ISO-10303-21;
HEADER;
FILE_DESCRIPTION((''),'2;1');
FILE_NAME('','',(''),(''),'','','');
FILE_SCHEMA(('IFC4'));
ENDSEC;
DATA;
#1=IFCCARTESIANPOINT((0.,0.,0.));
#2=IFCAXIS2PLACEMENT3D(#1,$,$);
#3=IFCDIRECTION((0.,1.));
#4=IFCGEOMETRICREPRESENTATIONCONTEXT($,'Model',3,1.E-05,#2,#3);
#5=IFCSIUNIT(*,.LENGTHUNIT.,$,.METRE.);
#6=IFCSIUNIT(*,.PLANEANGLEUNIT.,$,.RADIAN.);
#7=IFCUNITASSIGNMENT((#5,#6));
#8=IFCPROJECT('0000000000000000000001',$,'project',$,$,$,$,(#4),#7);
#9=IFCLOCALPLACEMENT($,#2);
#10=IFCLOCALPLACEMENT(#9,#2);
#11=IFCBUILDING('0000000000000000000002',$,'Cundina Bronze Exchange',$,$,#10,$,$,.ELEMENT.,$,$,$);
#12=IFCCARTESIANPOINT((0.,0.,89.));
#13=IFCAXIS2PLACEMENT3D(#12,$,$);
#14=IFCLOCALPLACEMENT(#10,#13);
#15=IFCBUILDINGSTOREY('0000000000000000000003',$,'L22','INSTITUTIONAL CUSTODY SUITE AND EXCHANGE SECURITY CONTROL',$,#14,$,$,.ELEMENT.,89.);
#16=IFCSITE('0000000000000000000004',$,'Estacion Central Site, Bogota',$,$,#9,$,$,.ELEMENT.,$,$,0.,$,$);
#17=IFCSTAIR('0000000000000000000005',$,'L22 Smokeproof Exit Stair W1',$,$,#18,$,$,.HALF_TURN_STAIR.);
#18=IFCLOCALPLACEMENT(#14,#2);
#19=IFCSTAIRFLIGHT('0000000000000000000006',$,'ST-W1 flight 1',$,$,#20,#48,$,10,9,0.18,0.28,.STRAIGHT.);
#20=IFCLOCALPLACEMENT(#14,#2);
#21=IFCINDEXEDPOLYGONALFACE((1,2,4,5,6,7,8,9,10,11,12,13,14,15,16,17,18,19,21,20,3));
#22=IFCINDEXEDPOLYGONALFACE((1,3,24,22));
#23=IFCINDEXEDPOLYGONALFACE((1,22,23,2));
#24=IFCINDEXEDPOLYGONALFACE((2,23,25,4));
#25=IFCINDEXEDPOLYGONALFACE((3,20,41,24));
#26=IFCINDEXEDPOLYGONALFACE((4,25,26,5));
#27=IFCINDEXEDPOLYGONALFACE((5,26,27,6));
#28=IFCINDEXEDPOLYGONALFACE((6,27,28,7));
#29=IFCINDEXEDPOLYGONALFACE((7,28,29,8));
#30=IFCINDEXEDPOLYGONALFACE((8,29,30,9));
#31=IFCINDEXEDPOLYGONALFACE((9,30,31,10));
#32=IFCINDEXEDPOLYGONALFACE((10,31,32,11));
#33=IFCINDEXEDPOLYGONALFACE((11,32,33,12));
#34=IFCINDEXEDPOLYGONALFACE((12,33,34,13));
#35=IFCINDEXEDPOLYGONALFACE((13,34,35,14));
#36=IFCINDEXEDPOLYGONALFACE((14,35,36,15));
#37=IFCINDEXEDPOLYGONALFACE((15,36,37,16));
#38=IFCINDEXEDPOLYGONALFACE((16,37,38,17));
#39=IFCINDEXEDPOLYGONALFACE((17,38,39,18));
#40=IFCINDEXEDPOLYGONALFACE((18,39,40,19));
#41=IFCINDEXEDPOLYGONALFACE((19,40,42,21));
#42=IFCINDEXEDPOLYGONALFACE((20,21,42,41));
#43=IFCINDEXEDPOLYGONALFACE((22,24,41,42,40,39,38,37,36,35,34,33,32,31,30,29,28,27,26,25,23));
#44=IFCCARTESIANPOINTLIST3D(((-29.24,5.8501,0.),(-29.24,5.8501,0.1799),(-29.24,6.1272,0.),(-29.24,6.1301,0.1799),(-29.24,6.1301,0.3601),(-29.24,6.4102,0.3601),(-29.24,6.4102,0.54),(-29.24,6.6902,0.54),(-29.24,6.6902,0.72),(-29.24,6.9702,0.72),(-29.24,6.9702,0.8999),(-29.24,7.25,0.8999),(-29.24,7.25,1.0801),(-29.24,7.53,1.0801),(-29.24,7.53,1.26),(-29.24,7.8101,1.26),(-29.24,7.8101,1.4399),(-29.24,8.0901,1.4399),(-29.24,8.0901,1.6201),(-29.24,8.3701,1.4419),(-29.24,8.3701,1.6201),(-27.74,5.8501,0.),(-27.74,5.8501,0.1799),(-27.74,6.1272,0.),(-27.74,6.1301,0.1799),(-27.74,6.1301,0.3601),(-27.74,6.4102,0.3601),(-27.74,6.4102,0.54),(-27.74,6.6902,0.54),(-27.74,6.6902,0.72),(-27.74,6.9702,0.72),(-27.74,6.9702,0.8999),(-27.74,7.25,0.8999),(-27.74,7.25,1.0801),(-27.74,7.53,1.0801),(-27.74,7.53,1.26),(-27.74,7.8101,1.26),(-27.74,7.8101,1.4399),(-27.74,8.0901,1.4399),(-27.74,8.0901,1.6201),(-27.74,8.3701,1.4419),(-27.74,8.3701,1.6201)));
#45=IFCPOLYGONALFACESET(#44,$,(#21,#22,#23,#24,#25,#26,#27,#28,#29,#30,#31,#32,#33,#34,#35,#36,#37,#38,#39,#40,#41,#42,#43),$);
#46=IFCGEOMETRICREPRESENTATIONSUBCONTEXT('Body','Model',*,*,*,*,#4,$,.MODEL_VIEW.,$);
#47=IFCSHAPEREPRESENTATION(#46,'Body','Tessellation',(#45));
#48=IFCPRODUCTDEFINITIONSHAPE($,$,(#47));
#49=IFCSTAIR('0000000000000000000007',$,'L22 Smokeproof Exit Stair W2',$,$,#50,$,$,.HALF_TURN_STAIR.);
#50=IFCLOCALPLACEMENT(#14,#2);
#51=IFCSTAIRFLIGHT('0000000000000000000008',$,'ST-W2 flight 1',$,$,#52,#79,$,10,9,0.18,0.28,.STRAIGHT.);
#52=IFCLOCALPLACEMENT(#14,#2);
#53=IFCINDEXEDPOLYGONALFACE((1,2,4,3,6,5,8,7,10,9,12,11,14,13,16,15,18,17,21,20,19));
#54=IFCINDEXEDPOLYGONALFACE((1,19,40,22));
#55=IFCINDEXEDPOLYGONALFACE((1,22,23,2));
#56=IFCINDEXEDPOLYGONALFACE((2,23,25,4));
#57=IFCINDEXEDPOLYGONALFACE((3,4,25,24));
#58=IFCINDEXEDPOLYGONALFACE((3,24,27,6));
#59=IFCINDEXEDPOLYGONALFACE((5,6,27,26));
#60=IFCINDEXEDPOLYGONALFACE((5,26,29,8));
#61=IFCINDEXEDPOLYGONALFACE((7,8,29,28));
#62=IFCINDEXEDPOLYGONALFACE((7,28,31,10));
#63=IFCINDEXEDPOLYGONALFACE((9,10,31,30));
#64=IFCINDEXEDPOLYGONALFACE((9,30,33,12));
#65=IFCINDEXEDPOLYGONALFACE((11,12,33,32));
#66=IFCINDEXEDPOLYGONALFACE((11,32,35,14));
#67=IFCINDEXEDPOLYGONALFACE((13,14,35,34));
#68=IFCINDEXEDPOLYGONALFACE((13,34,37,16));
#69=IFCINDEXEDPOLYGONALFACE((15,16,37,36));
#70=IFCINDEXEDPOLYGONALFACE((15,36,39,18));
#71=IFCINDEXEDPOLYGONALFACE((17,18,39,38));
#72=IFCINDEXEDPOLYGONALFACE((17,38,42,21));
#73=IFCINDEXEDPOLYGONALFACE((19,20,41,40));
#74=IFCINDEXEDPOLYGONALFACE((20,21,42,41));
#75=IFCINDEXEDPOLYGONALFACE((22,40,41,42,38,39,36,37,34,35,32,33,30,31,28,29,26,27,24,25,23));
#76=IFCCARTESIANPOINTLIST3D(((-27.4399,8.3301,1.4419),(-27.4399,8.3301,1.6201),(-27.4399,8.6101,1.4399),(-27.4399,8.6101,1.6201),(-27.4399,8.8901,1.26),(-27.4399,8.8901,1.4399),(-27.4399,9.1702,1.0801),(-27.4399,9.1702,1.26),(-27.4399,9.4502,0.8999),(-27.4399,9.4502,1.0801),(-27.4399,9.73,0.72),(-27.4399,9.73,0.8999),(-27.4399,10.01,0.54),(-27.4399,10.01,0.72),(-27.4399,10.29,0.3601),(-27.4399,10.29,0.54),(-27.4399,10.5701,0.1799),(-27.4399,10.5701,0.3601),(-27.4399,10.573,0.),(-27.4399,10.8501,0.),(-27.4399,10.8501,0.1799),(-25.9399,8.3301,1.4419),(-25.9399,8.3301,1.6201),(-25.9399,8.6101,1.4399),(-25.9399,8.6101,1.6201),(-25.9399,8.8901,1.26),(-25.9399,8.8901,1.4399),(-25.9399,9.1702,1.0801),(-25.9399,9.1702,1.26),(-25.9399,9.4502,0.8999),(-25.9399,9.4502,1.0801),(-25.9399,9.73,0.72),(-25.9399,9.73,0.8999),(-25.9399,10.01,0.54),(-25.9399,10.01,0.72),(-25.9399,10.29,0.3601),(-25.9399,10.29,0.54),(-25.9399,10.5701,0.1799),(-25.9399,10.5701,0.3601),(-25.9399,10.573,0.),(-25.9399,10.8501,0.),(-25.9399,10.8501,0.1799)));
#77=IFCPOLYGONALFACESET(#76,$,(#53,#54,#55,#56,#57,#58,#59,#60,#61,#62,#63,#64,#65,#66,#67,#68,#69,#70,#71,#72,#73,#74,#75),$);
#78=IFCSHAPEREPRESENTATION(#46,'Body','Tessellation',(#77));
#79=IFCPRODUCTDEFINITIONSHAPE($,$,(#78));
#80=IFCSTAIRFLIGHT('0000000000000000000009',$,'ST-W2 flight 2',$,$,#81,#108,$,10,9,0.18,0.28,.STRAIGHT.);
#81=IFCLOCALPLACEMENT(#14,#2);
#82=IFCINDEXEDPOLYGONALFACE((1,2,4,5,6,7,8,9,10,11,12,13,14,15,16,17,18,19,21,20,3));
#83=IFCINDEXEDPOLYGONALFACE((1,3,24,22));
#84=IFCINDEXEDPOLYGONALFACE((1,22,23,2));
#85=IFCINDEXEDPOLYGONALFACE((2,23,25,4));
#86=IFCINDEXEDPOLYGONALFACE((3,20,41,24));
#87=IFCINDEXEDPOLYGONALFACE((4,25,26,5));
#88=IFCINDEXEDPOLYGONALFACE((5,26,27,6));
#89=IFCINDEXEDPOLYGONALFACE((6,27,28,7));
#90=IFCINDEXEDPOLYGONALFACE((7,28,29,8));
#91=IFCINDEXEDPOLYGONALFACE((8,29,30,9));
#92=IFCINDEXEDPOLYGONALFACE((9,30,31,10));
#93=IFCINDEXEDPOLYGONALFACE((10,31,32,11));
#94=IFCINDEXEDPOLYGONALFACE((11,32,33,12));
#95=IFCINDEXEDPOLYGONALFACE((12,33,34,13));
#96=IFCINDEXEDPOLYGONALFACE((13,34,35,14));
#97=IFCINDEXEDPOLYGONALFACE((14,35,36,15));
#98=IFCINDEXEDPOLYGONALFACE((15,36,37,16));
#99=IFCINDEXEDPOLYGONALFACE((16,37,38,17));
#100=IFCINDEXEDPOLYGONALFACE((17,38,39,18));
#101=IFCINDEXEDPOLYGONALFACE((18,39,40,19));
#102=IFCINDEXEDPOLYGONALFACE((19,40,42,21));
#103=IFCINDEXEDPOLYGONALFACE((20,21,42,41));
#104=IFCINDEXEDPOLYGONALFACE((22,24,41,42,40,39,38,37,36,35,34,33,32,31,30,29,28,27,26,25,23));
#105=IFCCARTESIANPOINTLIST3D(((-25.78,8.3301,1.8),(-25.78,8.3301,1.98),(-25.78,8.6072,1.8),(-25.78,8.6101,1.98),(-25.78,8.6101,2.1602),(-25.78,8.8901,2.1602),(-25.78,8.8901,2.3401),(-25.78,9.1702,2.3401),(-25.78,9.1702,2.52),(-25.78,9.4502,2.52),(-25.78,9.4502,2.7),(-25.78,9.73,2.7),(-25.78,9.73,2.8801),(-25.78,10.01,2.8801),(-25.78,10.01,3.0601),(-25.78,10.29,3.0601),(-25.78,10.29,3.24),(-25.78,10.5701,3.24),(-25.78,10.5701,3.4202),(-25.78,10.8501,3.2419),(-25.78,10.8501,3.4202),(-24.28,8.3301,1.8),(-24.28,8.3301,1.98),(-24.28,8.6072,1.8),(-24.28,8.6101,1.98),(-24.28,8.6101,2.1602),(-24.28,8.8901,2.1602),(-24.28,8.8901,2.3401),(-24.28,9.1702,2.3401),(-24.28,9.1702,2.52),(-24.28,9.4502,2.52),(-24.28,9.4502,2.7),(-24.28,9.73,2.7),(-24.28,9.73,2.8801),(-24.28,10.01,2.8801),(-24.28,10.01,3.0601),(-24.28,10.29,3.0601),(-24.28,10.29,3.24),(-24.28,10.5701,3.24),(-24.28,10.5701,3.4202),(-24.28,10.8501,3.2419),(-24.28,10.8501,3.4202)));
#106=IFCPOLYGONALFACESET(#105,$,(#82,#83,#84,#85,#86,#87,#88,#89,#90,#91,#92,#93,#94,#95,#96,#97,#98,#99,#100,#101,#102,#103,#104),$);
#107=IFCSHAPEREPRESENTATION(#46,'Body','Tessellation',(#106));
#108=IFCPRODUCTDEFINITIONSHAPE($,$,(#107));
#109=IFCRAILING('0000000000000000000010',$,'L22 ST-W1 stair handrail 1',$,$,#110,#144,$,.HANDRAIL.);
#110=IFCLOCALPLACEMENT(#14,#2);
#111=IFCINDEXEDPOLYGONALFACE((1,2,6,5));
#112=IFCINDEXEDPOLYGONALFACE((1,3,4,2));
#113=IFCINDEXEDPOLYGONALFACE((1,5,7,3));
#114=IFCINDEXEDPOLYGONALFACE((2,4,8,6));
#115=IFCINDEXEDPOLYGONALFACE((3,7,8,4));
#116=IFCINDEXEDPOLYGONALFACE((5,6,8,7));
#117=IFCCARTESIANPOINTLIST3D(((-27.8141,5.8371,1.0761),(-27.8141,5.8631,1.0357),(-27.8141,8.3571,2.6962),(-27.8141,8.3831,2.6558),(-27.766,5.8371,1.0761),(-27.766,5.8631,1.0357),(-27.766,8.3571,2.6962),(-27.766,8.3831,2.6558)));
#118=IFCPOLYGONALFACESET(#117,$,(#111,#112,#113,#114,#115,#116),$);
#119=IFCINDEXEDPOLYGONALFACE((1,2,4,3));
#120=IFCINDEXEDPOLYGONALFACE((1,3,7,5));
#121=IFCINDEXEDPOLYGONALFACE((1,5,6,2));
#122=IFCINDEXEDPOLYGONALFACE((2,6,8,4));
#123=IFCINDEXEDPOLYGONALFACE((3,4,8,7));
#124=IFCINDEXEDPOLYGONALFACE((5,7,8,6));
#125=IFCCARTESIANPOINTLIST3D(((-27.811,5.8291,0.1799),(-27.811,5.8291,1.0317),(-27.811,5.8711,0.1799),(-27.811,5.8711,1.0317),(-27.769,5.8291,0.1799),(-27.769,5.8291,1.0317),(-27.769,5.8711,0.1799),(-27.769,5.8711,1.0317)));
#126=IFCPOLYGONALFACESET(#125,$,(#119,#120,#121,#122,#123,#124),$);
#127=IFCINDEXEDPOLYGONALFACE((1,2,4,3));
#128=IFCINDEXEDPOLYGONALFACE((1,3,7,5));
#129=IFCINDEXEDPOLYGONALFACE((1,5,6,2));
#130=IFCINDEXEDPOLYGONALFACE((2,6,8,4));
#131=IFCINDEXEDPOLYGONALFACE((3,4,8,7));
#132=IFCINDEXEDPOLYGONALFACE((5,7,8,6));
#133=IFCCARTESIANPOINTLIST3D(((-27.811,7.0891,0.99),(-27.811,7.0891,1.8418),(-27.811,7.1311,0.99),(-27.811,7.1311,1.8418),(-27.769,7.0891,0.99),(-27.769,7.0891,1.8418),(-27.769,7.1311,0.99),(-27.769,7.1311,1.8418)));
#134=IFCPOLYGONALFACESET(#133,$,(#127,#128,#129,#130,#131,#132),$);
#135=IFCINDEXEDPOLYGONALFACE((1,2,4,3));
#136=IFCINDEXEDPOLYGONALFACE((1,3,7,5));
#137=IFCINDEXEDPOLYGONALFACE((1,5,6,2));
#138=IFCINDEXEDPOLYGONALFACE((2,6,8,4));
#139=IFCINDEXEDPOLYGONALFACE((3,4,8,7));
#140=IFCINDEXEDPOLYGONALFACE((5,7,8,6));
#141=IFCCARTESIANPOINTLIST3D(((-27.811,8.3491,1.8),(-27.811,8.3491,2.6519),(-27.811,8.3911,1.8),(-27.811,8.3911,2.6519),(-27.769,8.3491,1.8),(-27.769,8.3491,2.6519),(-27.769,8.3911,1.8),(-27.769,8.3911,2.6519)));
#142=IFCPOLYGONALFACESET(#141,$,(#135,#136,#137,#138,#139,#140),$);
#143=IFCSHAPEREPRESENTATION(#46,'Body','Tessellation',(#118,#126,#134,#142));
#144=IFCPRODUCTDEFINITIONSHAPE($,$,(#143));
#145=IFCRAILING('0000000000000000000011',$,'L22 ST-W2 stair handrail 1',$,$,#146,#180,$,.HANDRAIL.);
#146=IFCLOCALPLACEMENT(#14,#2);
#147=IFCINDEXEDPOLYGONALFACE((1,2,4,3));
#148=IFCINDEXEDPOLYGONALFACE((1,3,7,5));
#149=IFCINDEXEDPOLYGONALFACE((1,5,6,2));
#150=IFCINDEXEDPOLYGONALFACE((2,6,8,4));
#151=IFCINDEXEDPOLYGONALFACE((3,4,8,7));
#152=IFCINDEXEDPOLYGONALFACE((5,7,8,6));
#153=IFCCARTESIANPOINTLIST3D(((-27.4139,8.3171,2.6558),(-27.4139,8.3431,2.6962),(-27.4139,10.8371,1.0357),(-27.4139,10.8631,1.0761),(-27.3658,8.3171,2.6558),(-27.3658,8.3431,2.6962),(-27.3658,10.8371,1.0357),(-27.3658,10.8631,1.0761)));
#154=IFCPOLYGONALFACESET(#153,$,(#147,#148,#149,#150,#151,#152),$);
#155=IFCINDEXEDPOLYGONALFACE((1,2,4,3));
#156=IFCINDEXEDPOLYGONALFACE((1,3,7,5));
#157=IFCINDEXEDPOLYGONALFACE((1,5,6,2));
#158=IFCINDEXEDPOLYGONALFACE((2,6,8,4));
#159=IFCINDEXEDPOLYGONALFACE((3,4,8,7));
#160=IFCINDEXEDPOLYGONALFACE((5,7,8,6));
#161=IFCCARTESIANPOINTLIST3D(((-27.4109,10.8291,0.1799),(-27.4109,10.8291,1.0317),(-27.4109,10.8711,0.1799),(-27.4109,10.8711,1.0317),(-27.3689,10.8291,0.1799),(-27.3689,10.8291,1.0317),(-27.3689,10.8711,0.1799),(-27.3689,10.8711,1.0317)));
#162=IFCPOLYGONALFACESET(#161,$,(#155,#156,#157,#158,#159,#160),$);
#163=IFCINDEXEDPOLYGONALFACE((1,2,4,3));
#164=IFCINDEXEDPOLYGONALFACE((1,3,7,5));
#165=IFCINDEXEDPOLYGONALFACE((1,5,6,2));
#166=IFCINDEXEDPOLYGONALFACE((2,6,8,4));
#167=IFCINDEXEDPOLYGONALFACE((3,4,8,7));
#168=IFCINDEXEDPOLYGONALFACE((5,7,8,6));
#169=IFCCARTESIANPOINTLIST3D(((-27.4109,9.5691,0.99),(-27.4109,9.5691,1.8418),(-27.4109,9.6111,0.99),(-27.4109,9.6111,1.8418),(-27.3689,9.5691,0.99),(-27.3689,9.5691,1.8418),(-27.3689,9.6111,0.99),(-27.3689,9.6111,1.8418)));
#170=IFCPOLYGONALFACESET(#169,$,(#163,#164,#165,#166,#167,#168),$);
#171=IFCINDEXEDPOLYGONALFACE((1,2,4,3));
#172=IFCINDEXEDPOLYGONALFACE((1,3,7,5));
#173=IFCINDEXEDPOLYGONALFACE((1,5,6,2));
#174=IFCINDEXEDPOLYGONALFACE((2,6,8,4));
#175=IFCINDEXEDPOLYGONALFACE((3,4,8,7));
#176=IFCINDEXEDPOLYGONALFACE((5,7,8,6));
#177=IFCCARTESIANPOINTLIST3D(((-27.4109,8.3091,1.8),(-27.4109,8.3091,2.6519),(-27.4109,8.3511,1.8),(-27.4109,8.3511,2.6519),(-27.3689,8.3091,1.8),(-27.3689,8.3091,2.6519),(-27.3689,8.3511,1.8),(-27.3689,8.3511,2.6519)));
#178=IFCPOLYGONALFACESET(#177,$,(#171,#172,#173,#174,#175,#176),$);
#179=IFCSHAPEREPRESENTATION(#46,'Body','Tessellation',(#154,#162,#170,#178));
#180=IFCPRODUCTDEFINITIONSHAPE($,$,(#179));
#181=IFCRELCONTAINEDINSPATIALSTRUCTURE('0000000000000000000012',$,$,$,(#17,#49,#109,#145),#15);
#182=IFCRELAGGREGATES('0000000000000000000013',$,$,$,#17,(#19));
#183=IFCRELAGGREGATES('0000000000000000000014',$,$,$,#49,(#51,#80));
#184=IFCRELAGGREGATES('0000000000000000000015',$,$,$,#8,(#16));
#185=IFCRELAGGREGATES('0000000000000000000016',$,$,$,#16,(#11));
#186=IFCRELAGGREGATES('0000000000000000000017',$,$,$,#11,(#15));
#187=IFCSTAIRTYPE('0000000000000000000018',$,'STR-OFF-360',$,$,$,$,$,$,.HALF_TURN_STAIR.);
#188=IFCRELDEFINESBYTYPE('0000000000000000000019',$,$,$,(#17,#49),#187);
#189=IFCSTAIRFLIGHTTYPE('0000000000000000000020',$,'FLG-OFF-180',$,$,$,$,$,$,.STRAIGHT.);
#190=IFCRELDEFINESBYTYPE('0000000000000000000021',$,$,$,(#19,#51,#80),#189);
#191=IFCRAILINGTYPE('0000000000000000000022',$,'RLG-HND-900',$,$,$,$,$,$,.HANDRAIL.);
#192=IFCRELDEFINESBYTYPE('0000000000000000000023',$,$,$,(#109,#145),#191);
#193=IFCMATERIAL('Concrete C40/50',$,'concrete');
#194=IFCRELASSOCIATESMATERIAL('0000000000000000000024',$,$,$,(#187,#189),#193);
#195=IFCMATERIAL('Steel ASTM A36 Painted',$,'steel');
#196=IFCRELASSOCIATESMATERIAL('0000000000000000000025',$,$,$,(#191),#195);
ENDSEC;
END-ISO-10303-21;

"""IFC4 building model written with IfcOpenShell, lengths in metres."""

from ifc_helpers import new_model, si_unit, direction, frame, origin, origin_2d, place, context, subcontext, project, spatial, polyline, rectangle, outline, extrude, material, type_object, element, aggregate, save


model = new_model("IFC4")

# Units and contexts
model_context = context("Model", 3, precision=1e-05, world=origin(), true_north=direction((0.0, 1.0)))
body_context = subcontext(model_context, "Body", "Model", "MODEL_VIEW")
ifc_project = project(units=[si_unit("LENGTHUNIT", "METRE"), si_unit("PLANEANGLEUNIT", "RADIAN")], contexts=[model_context])

# Site, building, storey
site_placement = place(None, origin())
site = spatial("IfcSite", under=ifc_project, at=site_placement, Name="Estacion Central Site, Bogota", CompositionType="ELEMENT", RefElevation=0.0)
building_placement = place(site_placement, origin())
building = spatial("IfcBuilding", under=site, at=building_placement, Name="Cundina Bronze Exchange", CompositionType="ELEMENT")
storey_placement = place(building_placement, frame((0.0, 0.0, 89.0)))
storey = spatial("IfcBuildingStorey", under=building, at=storey_placement, Name="L22", Description="INSTITUTIONAL CUSTODY SUITE AND EXCHANGE SECURITY CONTROL", CompositionType="ELEMENT", Elevation=89.0)

# Shared definitions
ifc_material_1 = material(Name="Steel ASTM A36 Painted", Category="steel")

# Stair, stair flight
ifc_material_2 = material(Name="Concrete C40/50", Category="concrete")
stair_type = type_object("IfcStairType", Name="STR-OFF-360", PredefinedType="HALF_TURN_STAIR", material=ifc_material_2)
stair_1_placement = place(storey_placement, origin())
stair_1 = element("IfcStair", 1, at=stair_1_placement, inside=storey, type_object=stair_type, Name="L22 Smokeproof Exit Stair W1", PredefinedType="HALF_TURN_STAIR")
stair_flight_type = type_object("IfcStairFlightType", Name="FLG-OFF-180", PredefinedType="STRAIGHT", material=ifc_material_2)
stair_flight_1_placement = place(storey_placement, frame((-28.49, 5.8501, 0.0), z_axis=(0.0, 0.0, 1.0), x_axis=(0.0, 1.0, 0.0)))
stair_flight_1 = element("IfcStairFlight", 2, at=stair_flight_1_placement, type_object=stair_flight_type, Name="ST-W1 flight 1", NumberOfRisers=10, NumberOfTreads=9, PredefinedType="STRAIGHT", RiserHeight=0.18, TreadLength=0.28, context=body_context, shape_type="SweptSolid", body=[
    extrude(outline(polyline([(0.0, 0.0), (0.0, 0.1799), (0.28, 0.1799), (0.28, 0.3601), (0.5601, 0.3601), (0.5601, 0.54), (0.8401, 0.54), (0.8401, 0.72), (1.1201, 0.72), (1.1201, 0.8999), (1.3999, 0.8999), (1.3999, 1.0801), (1.6799, 1.0801), (1.6799, 1.26), (1.96, 1.26), (1.96, 1.4399), (2.24, 1.4399), (2.24, 1.6201), (2.52, 1.6201), (2.52, 1.8), (2.52, 1.4419), (0.2771, 0.0), (0.0, 0.0)])), frame((0.0, 0.75, 0.0), z_axis=(0.0, -1.0, 0.0), x_axis=(1.0, 0.0, 0.0)), (0.0, 0.0, 1.0), 1.5),
])
aggregate(stair_1, [stair_flight_1])

# Stair, stair flights
stair_2_placement = place(storey_placement, origin())
stair_2 = element("IfcStair", 3, at=stair_2_placement, inside=storey, type_object=stair_type, Name="L22 Smokeproof Exit Stair W2", PredefinedType="HALF_TURN_STAIR")
stair_flight_2_placement = place(storey_placement, frame((-26.6899, 10.8501, 0.0), z_axis=(0.0, 0.0, 1.0), x_axis=(0.0, -1.0, 0.0)))
stair_flight_2 = element("IfcStairFlight", 4, at=stair_flight_2_placement, type_object=stair_flight_type, Name="ST-W2 flight 1", NumberOfRisers=10, NumberOfTreads=9, PredefinedType="STRAIGHT", RiserHeight=0.18, TreadLength=0.28, context=body_context, shape_type="SweptSolid", body=[
    extrude(outline(polyline([(0.0, 0.0), (0.0, 0.1799), (0.28, 0.1799), (0.28, 0.3601), (0.5601, 0.3601), (0.5601, 0.54), (0.8401, 0.54), (0.8401, 0.72), (1.1201, 0.72), (1.1201, 0.8999), (1.3999, 0.8999), (1.3999, 1.0801), (1.6799, 1.0801), (1.6799, 1.26), (1.96, 1.26), (1.96, 1.4399), (2.24, 1.4399), (2.24, 1.6201), (2.52, 1.6201), (2.52, 1.8), (2.52, 1.4419), (0.2771, 0.0), (0.0, 0.0)])), frame((0.0, 0.75, 0.0), z_axis=(0.0, -1.0, 0.0), x_axis=(1.0, 0.0, 0.0)), (0.0, 0.0, 1.0), 1.5),
])
stair_flight_3_placement = place(storey_placement, frame((-25.03, 8.3301, 1.8), z_axis=(0.0, 0.0, 1.0), x_axis=(0.0, 1.0, 0.0)))
stair_flight_3 = element("IfcStairFlight", 5, at=stair_flight_3_placement, type_object=stair_flight_type, Name="ST-W2 flight 2", NumberOfRisers=10, NumberOfTreads=9, PredefinedType="STRAIGHT", RiserHeight=0.18, TreadLength=0.28, context=body_context, shape_type="SweptSolid", body=[
    extrude(outline(polyline([(0.0, 0.0), (0.0, 0.1799), (0.28, 0.1799), (0.28, 0.3601), (0.5601, 0.3601), (0.5601, 0.54), (0.8401, 0.54), (0.8401, 0.72), (1.1201, 0.72), (1.1201, 0.8999), (1.3999, 0.8999), (1.3999, 1.0801), (1.6799, 1.0801), (1.6799, 1.26), (1.96, 1.26), (1.96, 1.4399), (2.24, 1.4399), (2.24, 1.6201), (2.52, 1.6201), (2.52, 1.8), (2.52, 1.4419), (0.2771, 0.0), (0.0, 0.0)])), frame((0.0, 0.75, 0.0), z_axis=(0.0, -1.0, 0.0), x_axis=(1.0, 0.0, 0.0)), (0.0, 0.0, 1.0), 1.5),
])
aggregate(stair_2, [stair_flight_2, stair_flight_3])

# Railings
railing_type_1 = type_object("IfcRailingType", Name="RLG-HND-900", PredefinedType="HANDRAIL", material=ifc_material_1)
railing_1_placement = place(storey_placement, frame((-27.79, 5.8501, 0.1799)))
element("IfcRailing", 6, at=railing_1_placement, inside=storey, type_object=railing_type_1, Name="L22 ST-W1 stair handrail 1", PredefinedType="HANDRAIL", context=body_context, shape_type="SweptSolid", body=[
    extrude(rectangle(XDim=0.0481, YDim=0.0481, at=origin_2d()), frame((0.0, 0.0, 0.876), z_axis=(0.0, 0.841163, 0.540782), x_axis=(-1.0, 0.0, 0.0)), (0.0, 0.0, 1.0), 2.9958),
    extrude(rectangle(XDim=0.042, YDim=0.042, at=origin_2d()), origin(), (0.0, 0.0, 1.0), 0.8518),
    extrude(rectangle(XDim=0.042, YDim=0.042, at=origin_2d()), frame((0.0, 1.26, 0.8101)), (0.0, 0.0, 1.0), 0.8518),
    extrude(rectangle(XDim=0.042, YDim=0.042, at=origin_2d()), frame((0.0, 2.52, 1.6201)), (0.0, 0.0, 1.0), 0.8518),
])
railing_2_placement = place(storey_placement, frame((-27.3899, 10.8501, 0.1799)))
element("IfcRailing", 7, at=railing_2_placement, inside=storey, type_object=railing_type_1, Name="L22 ST-W2 stair handrail 1", PredefinedType="HANDRAIL", context=body_context, shape_type="SweptSolid", body=[
    extrude(rectangle(XDim=0.0481, YDim=0.0481, at=origin_2d()), frame((0.0, 0.0, 0.876), z_axis=(0.0, -0.841163, 0.540782), x_axis=(1.0, 0.0, 0.0)), (0.0, 0.0, 1.0), 2.9958),
    extrude(rectangle(XDim=0.042, YDim=0.042, at=origin_2d()), origin(), (0.0, 0.0, 1.0), 0.8518),
    extrude(rectangle(XDim=0.042, YDim=0.042, at=origin_2d()), frame((0.0, -1.26, 0.8101)), (0.0, 0.0, 1.0), 0.8518),
    extrude(rectangle(XDim=0.042, YDim=0.042, at=origin_2d()), frame((0.0, -2.52, 1.6201)), (0.0, 0.0, 1.0), 0.8518),
])

save(model, "model.ifc")
